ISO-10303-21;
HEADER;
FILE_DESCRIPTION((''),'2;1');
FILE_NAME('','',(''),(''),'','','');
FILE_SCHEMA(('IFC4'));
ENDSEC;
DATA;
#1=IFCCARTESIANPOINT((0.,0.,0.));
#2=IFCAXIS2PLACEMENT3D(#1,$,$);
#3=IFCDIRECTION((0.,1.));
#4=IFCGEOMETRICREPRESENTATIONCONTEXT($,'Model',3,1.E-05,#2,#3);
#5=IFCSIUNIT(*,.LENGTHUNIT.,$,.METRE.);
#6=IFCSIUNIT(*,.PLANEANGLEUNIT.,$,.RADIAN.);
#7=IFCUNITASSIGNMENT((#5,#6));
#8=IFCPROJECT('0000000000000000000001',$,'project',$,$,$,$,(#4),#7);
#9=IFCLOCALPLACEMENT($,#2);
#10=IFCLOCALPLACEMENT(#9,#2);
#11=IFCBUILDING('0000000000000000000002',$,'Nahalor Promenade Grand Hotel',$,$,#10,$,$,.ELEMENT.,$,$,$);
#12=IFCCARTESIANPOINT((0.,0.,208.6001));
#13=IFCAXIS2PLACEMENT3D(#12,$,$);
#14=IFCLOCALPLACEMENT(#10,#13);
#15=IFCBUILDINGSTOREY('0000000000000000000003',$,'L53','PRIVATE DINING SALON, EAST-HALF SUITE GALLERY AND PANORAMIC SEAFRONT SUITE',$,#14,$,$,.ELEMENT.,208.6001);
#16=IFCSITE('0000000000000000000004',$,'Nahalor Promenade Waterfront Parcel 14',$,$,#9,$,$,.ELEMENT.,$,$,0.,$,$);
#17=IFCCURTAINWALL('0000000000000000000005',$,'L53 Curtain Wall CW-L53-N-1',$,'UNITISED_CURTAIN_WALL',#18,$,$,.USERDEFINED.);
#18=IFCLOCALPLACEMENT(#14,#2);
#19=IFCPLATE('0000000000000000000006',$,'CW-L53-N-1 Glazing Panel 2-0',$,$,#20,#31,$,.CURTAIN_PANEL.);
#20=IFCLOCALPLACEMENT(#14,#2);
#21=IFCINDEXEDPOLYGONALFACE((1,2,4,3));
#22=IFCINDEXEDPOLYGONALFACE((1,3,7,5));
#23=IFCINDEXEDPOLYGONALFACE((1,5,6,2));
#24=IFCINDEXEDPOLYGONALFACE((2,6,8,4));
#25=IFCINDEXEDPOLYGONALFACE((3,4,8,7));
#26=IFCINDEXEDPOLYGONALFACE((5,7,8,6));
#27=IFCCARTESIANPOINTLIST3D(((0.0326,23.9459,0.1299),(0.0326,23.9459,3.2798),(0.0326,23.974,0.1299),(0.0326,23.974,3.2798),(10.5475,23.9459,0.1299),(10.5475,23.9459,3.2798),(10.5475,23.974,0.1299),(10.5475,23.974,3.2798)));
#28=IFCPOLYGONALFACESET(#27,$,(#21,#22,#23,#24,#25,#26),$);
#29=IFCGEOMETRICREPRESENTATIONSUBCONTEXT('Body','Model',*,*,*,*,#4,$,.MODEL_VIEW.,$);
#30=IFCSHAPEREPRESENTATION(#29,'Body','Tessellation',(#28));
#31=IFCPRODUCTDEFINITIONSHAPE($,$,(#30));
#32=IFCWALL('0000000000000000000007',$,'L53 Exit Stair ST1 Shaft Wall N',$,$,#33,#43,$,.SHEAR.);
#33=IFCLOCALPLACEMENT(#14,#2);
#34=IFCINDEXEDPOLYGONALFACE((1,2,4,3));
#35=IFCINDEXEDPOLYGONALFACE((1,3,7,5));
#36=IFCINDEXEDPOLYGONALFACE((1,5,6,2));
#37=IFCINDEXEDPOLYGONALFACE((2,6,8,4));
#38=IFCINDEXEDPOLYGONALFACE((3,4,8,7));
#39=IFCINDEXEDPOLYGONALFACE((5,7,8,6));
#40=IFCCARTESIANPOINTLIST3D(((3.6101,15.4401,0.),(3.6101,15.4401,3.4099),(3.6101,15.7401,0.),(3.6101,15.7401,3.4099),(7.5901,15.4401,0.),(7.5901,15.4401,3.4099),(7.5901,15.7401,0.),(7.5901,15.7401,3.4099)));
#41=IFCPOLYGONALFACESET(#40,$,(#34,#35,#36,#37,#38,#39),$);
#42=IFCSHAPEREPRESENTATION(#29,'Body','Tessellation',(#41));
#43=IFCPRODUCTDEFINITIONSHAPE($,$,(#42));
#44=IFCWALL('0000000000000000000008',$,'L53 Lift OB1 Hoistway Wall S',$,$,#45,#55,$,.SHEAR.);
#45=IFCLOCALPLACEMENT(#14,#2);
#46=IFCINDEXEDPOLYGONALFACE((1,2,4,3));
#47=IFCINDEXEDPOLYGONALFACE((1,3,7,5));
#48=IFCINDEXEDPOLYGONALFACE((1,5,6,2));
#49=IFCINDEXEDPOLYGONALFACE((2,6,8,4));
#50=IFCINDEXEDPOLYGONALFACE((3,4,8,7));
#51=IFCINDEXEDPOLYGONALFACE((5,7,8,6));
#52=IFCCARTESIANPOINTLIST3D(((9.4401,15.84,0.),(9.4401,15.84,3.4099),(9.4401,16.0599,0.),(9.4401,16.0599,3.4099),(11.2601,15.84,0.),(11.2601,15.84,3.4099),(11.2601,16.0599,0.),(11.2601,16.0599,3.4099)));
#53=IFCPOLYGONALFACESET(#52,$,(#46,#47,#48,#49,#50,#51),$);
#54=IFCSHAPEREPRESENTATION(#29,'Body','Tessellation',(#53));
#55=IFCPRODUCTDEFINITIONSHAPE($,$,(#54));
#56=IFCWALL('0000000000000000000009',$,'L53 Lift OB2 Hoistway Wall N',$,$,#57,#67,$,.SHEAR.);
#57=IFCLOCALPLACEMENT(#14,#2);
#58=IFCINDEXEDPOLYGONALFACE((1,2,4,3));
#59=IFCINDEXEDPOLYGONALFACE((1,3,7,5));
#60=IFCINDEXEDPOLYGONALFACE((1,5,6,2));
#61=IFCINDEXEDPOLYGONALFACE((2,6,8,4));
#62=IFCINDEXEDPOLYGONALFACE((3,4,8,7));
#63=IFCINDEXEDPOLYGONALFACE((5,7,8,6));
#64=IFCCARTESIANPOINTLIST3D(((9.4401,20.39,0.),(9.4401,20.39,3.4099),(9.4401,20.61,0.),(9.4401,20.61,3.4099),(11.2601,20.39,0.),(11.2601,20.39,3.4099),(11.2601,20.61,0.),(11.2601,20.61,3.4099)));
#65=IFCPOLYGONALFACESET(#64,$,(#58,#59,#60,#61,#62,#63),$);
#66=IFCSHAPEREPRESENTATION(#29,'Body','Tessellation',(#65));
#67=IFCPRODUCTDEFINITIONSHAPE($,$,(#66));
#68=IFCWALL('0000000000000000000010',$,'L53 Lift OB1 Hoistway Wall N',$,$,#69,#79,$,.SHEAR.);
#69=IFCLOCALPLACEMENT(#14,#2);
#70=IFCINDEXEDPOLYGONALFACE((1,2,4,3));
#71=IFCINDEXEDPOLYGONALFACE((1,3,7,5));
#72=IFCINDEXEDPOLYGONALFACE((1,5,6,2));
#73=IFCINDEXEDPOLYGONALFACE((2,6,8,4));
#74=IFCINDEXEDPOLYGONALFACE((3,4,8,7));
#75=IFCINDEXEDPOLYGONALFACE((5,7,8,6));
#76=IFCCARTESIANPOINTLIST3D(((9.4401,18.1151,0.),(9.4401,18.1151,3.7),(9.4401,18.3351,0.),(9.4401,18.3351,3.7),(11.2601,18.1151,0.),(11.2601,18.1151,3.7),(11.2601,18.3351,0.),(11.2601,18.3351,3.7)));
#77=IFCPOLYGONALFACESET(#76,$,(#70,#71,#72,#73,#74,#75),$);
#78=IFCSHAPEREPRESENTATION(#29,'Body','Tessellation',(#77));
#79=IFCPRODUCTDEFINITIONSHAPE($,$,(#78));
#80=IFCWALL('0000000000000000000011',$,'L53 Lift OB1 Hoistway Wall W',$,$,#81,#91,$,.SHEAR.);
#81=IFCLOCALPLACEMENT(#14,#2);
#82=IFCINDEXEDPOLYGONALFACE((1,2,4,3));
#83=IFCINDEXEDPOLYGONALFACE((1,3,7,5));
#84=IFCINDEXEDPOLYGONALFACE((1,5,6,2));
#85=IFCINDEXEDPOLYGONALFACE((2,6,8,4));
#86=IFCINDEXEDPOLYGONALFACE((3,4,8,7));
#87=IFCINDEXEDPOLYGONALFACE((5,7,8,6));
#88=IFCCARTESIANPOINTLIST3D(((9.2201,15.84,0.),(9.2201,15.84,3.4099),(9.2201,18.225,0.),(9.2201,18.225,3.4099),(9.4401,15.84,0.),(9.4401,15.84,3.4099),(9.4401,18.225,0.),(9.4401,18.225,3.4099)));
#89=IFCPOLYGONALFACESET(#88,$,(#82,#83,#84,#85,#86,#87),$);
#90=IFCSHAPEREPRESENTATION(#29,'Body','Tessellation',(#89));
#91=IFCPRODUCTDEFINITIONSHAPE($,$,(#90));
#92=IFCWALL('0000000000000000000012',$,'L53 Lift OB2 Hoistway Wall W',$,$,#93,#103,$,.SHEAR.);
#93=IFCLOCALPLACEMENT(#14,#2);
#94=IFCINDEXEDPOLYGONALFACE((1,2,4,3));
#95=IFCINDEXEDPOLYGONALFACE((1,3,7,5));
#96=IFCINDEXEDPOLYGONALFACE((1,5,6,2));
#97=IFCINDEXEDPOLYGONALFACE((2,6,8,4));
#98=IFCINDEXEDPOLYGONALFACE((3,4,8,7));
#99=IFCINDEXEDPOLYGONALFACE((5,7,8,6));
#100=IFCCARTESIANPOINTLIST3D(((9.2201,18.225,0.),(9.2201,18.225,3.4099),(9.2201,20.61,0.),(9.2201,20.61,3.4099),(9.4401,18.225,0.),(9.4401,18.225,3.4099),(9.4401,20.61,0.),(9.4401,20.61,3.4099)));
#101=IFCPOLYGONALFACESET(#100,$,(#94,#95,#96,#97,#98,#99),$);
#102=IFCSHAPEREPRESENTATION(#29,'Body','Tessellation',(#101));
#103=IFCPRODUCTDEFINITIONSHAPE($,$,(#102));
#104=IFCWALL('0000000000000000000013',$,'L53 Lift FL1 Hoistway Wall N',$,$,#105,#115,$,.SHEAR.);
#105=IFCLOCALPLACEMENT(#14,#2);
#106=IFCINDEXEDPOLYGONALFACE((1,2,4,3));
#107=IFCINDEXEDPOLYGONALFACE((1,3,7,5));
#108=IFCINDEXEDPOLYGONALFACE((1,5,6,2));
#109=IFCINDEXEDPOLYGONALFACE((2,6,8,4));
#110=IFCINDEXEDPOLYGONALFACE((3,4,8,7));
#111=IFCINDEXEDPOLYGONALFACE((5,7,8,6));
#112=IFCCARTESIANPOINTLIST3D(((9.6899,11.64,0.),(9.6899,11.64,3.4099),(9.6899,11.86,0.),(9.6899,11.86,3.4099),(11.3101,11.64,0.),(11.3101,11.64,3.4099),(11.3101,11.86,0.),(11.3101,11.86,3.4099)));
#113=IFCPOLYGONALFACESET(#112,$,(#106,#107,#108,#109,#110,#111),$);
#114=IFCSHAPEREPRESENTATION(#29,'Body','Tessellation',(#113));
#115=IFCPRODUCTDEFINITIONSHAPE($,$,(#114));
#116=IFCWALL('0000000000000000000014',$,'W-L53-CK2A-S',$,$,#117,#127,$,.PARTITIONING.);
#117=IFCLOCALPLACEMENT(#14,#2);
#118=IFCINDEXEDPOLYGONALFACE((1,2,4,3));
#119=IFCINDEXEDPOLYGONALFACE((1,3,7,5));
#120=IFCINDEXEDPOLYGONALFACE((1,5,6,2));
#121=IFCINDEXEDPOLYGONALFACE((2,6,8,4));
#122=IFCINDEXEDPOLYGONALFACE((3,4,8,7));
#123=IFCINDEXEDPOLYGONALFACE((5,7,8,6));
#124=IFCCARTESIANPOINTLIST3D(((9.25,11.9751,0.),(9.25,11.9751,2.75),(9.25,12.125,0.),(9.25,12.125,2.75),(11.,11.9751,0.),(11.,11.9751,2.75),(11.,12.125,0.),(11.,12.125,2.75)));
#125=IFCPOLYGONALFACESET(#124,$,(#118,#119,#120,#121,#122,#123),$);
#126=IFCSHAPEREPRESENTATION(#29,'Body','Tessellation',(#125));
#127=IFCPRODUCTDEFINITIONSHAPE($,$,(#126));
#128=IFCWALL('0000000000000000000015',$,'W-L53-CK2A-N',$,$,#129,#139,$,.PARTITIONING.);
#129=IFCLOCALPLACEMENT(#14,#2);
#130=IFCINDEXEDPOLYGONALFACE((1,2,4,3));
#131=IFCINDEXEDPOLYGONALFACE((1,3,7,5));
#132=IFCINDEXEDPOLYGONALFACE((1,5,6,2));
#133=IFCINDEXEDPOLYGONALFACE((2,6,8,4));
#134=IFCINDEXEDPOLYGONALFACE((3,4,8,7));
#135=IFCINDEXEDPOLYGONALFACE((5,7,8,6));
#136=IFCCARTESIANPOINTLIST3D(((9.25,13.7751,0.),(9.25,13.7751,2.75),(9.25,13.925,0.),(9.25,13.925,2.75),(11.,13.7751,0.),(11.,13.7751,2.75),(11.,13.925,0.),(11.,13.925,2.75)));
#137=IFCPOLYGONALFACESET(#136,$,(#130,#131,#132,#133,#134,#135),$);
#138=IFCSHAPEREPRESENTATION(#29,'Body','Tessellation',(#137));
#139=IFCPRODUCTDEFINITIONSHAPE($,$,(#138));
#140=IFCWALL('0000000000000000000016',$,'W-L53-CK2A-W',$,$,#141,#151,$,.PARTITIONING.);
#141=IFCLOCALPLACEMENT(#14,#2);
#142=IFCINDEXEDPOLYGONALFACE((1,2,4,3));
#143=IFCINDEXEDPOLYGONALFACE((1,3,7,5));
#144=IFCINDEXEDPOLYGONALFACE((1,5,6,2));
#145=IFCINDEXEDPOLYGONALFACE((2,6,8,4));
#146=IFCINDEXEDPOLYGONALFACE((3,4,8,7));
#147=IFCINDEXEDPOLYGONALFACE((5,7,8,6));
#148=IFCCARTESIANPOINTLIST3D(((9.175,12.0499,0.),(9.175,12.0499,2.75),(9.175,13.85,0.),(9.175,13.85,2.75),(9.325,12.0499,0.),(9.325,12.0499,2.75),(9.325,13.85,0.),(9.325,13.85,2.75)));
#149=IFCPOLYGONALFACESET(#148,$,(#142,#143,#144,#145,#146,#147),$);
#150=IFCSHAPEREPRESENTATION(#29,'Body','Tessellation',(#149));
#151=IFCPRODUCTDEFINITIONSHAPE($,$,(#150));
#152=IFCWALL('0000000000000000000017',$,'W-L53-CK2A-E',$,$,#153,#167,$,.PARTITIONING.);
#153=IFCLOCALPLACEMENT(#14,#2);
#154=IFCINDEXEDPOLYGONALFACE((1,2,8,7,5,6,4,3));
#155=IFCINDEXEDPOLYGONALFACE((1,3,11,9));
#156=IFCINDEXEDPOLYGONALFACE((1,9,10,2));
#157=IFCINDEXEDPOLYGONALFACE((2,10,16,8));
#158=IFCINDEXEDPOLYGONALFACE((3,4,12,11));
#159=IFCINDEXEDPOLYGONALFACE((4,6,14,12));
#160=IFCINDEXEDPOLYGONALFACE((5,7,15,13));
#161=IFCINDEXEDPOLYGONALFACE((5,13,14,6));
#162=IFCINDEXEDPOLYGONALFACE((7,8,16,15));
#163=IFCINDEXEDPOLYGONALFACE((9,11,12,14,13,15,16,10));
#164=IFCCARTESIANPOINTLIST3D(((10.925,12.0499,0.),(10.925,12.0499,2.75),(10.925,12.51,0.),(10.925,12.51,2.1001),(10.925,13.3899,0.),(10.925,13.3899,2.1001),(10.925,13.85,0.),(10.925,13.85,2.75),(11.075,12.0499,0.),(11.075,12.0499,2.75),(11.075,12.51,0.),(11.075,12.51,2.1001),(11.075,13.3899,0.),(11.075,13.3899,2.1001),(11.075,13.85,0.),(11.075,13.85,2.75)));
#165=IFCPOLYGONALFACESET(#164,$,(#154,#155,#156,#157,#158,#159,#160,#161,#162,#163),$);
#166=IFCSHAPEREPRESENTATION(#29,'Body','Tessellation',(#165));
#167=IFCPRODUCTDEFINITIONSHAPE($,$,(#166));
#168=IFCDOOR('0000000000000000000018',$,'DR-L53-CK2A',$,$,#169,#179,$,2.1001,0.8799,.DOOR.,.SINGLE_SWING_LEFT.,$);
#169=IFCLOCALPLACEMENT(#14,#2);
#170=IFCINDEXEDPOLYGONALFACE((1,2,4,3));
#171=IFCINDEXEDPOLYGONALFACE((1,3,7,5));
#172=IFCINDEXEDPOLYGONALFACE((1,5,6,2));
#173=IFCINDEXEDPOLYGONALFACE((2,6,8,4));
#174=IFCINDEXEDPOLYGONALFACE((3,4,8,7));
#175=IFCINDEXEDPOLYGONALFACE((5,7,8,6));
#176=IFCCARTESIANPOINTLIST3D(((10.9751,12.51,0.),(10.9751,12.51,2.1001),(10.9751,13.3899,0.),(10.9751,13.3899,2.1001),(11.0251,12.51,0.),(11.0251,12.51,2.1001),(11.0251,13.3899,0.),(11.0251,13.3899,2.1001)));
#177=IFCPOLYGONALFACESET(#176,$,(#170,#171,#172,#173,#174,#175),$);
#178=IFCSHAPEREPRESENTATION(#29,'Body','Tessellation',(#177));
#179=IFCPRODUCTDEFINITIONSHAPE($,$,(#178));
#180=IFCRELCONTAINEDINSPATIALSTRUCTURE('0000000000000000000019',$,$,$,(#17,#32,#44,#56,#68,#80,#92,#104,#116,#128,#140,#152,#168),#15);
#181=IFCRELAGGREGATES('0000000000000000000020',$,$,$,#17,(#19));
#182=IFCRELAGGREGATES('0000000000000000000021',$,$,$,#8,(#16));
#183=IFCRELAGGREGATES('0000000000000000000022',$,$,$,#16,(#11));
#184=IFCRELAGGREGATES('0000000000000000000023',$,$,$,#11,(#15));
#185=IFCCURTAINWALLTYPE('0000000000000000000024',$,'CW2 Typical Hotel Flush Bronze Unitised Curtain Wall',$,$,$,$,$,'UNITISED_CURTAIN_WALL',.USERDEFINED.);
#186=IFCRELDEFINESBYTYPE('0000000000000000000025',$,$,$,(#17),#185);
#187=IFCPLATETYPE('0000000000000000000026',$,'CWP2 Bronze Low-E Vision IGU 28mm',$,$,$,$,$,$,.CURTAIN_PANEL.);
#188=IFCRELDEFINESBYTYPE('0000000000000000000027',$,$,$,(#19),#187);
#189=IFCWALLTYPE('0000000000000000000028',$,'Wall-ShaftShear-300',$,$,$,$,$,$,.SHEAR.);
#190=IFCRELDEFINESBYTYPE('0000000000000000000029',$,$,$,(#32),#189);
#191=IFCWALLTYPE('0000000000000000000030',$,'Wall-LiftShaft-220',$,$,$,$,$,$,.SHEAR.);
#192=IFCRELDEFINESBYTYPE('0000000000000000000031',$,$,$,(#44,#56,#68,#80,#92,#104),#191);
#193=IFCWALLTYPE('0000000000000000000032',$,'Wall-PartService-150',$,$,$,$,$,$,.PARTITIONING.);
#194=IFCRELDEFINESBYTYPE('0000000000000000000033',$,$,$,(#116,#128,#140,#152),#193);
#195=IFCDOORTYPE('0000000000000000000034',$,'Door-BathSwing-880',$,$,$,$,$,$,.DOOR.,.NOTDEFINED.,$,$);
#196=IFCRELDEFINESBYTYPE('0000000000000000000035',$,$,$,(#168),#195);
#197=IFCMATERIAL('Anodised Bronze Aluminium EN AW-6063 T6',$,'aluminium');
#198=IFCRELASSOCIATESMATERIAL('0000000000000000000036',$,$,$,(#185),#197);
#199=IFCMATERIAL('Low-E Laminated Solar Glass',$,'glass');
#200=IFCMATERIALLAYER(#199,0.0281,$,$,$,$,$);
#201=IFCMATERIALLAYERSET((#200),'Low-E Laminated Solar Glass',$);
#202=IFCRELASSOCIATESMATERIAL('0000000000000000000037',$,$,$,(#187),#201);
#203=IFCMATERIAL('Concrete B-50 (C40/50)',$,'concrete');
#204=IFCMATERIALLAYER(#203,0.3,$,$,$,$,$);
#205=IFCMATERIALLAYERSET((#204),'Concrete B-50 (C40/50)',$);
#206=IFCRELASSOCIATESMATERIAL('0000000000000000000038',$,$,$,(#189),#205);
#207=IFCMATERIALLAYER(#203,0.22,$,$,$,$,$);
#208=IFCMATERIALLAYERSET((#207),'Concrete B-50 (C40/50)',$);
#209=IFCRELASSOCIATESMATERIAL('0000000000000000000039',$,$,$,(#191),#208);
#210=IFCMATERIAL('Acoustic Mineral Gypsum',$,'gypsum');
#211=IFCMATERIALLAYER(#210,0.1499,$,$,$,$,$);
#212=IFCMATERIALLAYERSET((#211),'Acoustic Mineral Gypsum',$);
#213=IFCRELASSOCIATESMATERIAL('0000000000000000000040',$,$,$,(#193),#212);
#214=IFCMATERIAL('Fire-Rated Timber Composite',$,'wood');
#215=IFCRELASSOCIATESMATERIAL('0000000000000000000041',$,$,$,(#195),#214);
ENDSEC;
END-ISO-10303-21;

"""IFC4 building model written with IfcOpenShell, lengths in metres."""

from ifc_helpers import new_model, si_unit, direction, frame, frame_2d, origin, origin_2d, place, context, subcontext, project, spatial, rectangle, extrude, source, transform, mapped, material, layer, layer_set, type_object, element, fill, aggregate, save


model = new_model("IFC4")

# Units and contexts
model_context = context("Model", 3, precision=1e-05, world=origin(), true_north=direction((0.0, 1.0)))
body_context = subcontext(model_context, "Body", "Model", "MODEL_VIEW")
ifc_project = project(units=[si_unit("LENGTHUNIT", "METRE"), si_unit("PLANEANGLEUNIT", "RADIAN")], contexts=[model_context])

# Site, building, storey
site_placement = place(None, origin())
site = spatial("IfcSite", under=ifc_project, at=site_placement, Name="Nahalor Promenade Waterfront Parcel 14", CompositionType="ELEMENT", RefElevation=0.0)
building_placement = place(site_placement, origin())
building = spatial("IfcBuilding", under=site, at=building_placement, Name="Nahalor Promenade Grand Hotel", CompositionType="ELEMENT")
storey_placement = place(building_placement, frame((0.0, 0.0, 208.6001)))
storey = spatial("IfcBuildingStorey", under=building, at=storey_placement, Name="L53", Description="PRIVATE DINING SALON, EAST-HALF SUITE GALLERY AND PANORAMIC SEAFRONT SUITE", CompositionType="ELEMENT", Elevation=208.6001)

# Curtain wall, plate
ifc_material_1 = material(Name="Anodised Bronze Aluminium EN AW-6063 T6", Category="aluminium")
curtain_wall_type = type_object("IfcCurtainWallType", Name="CW2 Typical Hotel Flush Bronze Unitised Curtain Wall", ElementType="UNITISED_CURTAIN_WALL", PredefinedType="USERDEFINED", material=ifc_material_1)
curtain_wall_placement = place(storey_placement, origin())
curtain_wall = element("IfcCurtainWall", 1, at=curtain_wall_placement, inside=storey, type_object=curtain_wall_type, Name="L53 Curtain Wall CW-L53-N-1", ObjectType="UNITISED_CURTAIN_WALL", PredefinedType="USERDEFINED")
ifc_material_2 = material(Name="Low-E Laminated Solar Glass", Category="glass")
ifc_layer_1 = layer(ifc_material_2, 0.0281)
ifc_layer_set_1 = layer_set([ifc_layer_1], Name="Low-E Laminated Solar Glass")
plate_type = type_object("IfcPlateType", Name="CWP2 Bronze Low-E Vision IGU 28mm", PredefinedType="CURTAIN_PANEL", material=ifc_layer_set_1)
shared_shape_1 = source(origin(), body_context, "Body", "SweptSolid", [
    extrude(rectangle(XDim=10.5149, YDim=0.0281, at=origin_2d()), origin(), (0.0, 0.0, 1.0), 3.1499),
])
plate_placement = place(storey_placement, frame((5.29, 23.96, 0.1299), z_axis=(0.0, 0.0, 1.0), x_axis=(1.0, 0.0, 0.0)))
plate = element("IfcPlate", 2, at=plate_placement, type_object=plate_type, Name="CW-L53-N-1 Glazing Panel 2-0", PredefinedType="CURTAIN_PANEL", context=body_context, shape_type="MappedRepresentation", body=[
    mapped(shared_shape_1, transform((0.0, 0.0, 0.0), scale=1.0)),
])
aggregate(curtain_wall, [plate])

# Walls
ifc_material_3 = material(Name="Concrete B-50 (C40/50)", Category="concrete")
ifc_layer_2 = layer(ifc_material_3, 0.3)
ifc_layer_set_2 = layer_set([ifc_layer_2], Name="Concrete B-50 (C40/50)")
wall_type_1 = type_object("IfcWallType", Name="Wall-ShaftShear-300", PredefinedType="SHEAR", material=ifc_layer_set_2)
shared_shape_2 = source(origin(), body_context, "Body", "SweptSolid", [
    extrude(rectangle(XDim=3.98, YDim=0.3, at=frame_2d((1.99, 0.0))), origin(), (0.0, 0.0, 1.0), 3.4099),
])
wall_1_placement = place(storey_placement, frame((3.6101, 15.5901, 0.0), z_axis=(0.0, 0.0, 1.0), x_axis=(1.0, 0.0, 0.0)))
element("IfcWall", 3, at=wall_1_placement, inside=storey, type_object=wall_type_1, Name="L53 Exit Stair ST1 Shaft Wall N", PredefinedType="SHEAR", context=body_context, shape_type="MappedRepresentation", body=[
    mapped(shared_shape_2, transform((0.0, 0.0, 0.0), scale=1.0)),
])
ifc_layer_3 = layer(ifc_material_3, 0.22)
ifc_layer_set_3 = layer_set([ifc_layer_3], Name="Concrete B-50 (C40/50)")
wall_type_2 = type_object("IfcWallType", Name="Wall-LiftShaft-220", PredefinedType="SHEAR", material=ifc_layer_set_3)
shared_shape_3 = source(origin(), body_context, "Body", "SweptSolid", [
    extrude(rectangle(XDim=1.8201, YDim=0.22, at=frame_2d((0.9102, 0.0))), origin(), (0.0, 0.0, 1.0), 3.4099),
])
for number, where, z_axis, x_axis, name in (
    (4, (9.4399, 15.95, 0.0), (0.0, 0.0, 1.0), (1.0, 0.0, 0.0), "L53 Lift OB1 Hoistway Wall S"),
    (5, (9.4399, 20.5, 0.0), (0.0, 0.0, 1.0), (1.0, 0.0, 0.0), "L53 Lift OB2 Hoistway Wall N"),
):
    element("IfcWall", number, at=place(storey_placement, frame(where, z_axis=z_axis, x_axis=x_axis)), inside=storey, type_object=wall_type_2, Name=name, PredefinedType="SHEAR", context=body_context, shape_type="MappedRepresentation", body=[
        mapped(shared_shape_3, transform((0.0, 0.0, 0.0), scale=1.0)),
    ])
shared_shape_4 = source(origin(), body_context, "Body", "SweptSolid", [
    extrude(rectangle(XDim=1.8201, YDim=0.22, at=frame_2d((0.9102, 0.0))), origin(), (0.0, 0.0, 1.0), 3.7),
])
wall_2_placement = place(storey_placement, frame((9.4399, 18.2251, 0.0), z_axis=(0.0, 0.0, 1.0), x_axis=(1.0, 0.0, 0.0)))
element("IfcWall", 6, at=wall_2_placement, inside=storey, type_object=wall_type_2, Name="L53 Lift OB1 Hoistway Wall N", PredefinedType="SHEAR", context=body_context, shape_type="MappedRepresentation", body=[
    mapped(shared_shape_4, transform((0.0, 0.0, 0.0), scale=1.0)),
])
shared_shape_5 = source(origin(), body_context, "Body", "SweptSolid", [
    extrude(rectangle(XDim=2.385, YDim=0.22, at=frame_2d((1.1924, 0.0))), origin(), (0.0, 0.0, 1.0), 3.4099),
])
for number, where, z_axis, x_axis, name in (
    (7, (9.3301, 15.8401, 0.0), (0.0, 0.0, 1.0), (0.0, 1.0, 0.0), "L53 Lift OB1 Hoistway Wall W"),
    (8, (9.3301, 18.2251, 0.0), (0.0, 0.0, 1.0), (0.0, 1.0, 0.0), "L53 Lift OB2 Hoistway Wall W"),
):
    element("IfcWall", number, at=place(storey_placement, frame(where, z_axis=z_axis, x_axis=x_axis)), inside=storey, type_object=wall_type_2, Name=name, PredefinedType="SHEAR", context=body_context, shape_type="MappedRepresentation", body=[
        mapped(shared_shape_5, transform((0.0, 0.0, 0.0), scale=1.0)),
    ])
shared_shape_6 = source(origin(), body_context, "Body", "SweptSolid", [
    extrude(rectangle(XDim=1.6201, YDim=0.22, at=frame_2d((0.8101, 0.0))), origin(), (0.0, 0.0, 1.0), 3.4099),
])
wall_3_placement = place(storey_placement, frame((9.6899, 11.75, 0.0), z_axis=(0.0, 0.0, 1.0), x_axis=(1.0, 0.0, 0.0)))
element("IfcWall", 9, at=wall_3_placement, inside=storey, type_object=wall_type_2, Name="L53 Lift FL1 Hoistway Wall N", PredefinedType="SHEAR", context=body_context, shape_type="MappedRepresentation", body=[
    mapped(shared_shape_6, transform((0.0, 0.0, 0.0), scale=1.0)),
])
ifc_material_4 = material(Name="Acoustic Mineral Gypsum", Category="gypsum")
ifc_layer_4 = layer(ifc_material_4, 0.1499)
ifc_layer_set_4 = layer_set([ifc_layer_4], Name="Acoustic Mineral Gypsum")
wall_type_3 = type_object("IfcWallType", Name="Wall-PartService-150", PredefinedType="PARTITIONING", material=ifc_layer_set_4)
shared_shape_7 = source(origin(), body_context, "Body", "SweptSolid", [
    extrude(rectangle(XDim=1.75, YDim=0.1499, at=frame_2d((0.875, 0.0))), origin(), (0.0, 0.0, 1.0), 2.75),
])
for number, where, z_axis, x_axis, name in (
    (10, (9.25, 12.05, 0.0), (0.0, 0.0, 1.0), (1.0, 0.0, 0.0), "W-L53-CK2A-S"),
    (11, (9.25, 13.8501, 0.0), (0.0, 0.0, 1.0), (1.0, 0.0, 0.0), "W-L53-CK2A-N"),
):
    element("IfcWall", number, at=place(storey_placement, frame(where, z_axis=z_axis, x_axis=x_axis)), inside=storey, type_object=wall_type_3, Name=name, PredefinedType="PARTITIONING", context=body_context, shape_type="MappedRepresentation", body=[
        mapped(shared_shape_7, transform((0.0, 0.0, 0.0), scale=1.0)),
    ])
shared_shape_8 = source(origin(), body_context, "Body", "SweptSolid", [
    extrude(rectangle(XDim=1.8, YDim=0.1499, at=frame_2d((0.8999, 0.0))), origin(), (0.0, 0.0, 1.0), 2.75),
])
wall_4_placement = place(storey_placement, frame((9.25, 12.05, 0.0), z_axis=(0.0, 0.0, 1.0), x_axis=(0.0, 1.0, 0.0)))
element("IfcWall", 12, at=wall_4_placement, inside=storey, type_object=wall_type_3, Name="W-L53-CK2A-W", PredefinedType="PARTITIONING", context=body_context, shape_type="MappedRepresentation", body=[
    mapped(shared_shape_8, transform((0.0, 0.0, 0.0), scale=1.0)),
])

# Wall, opening, door
wall_5_placement = place(storey_placement, frame((11.0, 12.05, 0.0), z_axis=(0.0, 0.0, 1.0), x_axis=(0.0, 1.0, 0.0)))
wall_5 = element("IfcWall", 13, at=wall_5_placement, inside=storey, type_object=wall_type_3, Name="W-L53-CK2A-E", PredefinedType="PARTITIONING", context=body_context, shape_type="MappedRepresentation", body=[
    mapped(shared_shape_8, transform((0.0, 0.0, 0.0), scale=1.0)),
])
opening_1_placement = place(wall_5_placement, frame((0.46, 0.0, 0.0)))
opening_1 = element("IfcOpeningElement", 14, at=opening_1_placement, cuts=wall_5, PredefinedType="OPENING", context=body_context, shape_type="SweptSolid", body=[
    extrude(rectangle(XDim=0.8799, YDim=2.1001, at=frame_2d((0.4399, 1.05))), frame((0.0, 0.085, 0.0), z_axis=(0.0, -1.0, 0.0), x_axis=(1.0, 0.0, 0.0)), (0.0, 0.0, 1.0), 0.1699),
])
ifc_material_5 = material(Name="Fire-Rated Timber Composite", Category="wood")
door_type = type_object("IfcDoorType", Name="Door-BathSwing-880", OperationType="NOTDEFINED", PredefinedType="DOOR", material=ifc_material_5)
shared_shape_9 = source(origin(), body_context, "Body", "SweptSolid", [
    extrude(rectangle(XDim=0.8799, YDim=2.1001, at=frame_2d((0.4399, 1.05))), frame((0.0, 0.0249, 0.0), z_axis=(0.0, -1.0, 0.0), x_axis=(1.0, 0.0, 0.0)), (0.0, 0.0, 1.0), 0.05),
])
door_1_placement = place(opening_1_placement, origin())
door_1 = element("IfcDoor", 15, at=door_1_placement, inside=storey, type_object=door_type, Name="DR-L53-CK2A", OperationType="SINGLE_SWING_LEFT", OverallHeight=2.1001, OverallWidth=0.8799, PredefinedType="DOOR", context=body_context, shape_type="MappedRepresentation", body=[
    mapped(shared_shape_9, transform((0.0, 0.0, 0.0), scale=1.0)),
])
fill(opening_1, door_1)

save(model, "model.ifc")
